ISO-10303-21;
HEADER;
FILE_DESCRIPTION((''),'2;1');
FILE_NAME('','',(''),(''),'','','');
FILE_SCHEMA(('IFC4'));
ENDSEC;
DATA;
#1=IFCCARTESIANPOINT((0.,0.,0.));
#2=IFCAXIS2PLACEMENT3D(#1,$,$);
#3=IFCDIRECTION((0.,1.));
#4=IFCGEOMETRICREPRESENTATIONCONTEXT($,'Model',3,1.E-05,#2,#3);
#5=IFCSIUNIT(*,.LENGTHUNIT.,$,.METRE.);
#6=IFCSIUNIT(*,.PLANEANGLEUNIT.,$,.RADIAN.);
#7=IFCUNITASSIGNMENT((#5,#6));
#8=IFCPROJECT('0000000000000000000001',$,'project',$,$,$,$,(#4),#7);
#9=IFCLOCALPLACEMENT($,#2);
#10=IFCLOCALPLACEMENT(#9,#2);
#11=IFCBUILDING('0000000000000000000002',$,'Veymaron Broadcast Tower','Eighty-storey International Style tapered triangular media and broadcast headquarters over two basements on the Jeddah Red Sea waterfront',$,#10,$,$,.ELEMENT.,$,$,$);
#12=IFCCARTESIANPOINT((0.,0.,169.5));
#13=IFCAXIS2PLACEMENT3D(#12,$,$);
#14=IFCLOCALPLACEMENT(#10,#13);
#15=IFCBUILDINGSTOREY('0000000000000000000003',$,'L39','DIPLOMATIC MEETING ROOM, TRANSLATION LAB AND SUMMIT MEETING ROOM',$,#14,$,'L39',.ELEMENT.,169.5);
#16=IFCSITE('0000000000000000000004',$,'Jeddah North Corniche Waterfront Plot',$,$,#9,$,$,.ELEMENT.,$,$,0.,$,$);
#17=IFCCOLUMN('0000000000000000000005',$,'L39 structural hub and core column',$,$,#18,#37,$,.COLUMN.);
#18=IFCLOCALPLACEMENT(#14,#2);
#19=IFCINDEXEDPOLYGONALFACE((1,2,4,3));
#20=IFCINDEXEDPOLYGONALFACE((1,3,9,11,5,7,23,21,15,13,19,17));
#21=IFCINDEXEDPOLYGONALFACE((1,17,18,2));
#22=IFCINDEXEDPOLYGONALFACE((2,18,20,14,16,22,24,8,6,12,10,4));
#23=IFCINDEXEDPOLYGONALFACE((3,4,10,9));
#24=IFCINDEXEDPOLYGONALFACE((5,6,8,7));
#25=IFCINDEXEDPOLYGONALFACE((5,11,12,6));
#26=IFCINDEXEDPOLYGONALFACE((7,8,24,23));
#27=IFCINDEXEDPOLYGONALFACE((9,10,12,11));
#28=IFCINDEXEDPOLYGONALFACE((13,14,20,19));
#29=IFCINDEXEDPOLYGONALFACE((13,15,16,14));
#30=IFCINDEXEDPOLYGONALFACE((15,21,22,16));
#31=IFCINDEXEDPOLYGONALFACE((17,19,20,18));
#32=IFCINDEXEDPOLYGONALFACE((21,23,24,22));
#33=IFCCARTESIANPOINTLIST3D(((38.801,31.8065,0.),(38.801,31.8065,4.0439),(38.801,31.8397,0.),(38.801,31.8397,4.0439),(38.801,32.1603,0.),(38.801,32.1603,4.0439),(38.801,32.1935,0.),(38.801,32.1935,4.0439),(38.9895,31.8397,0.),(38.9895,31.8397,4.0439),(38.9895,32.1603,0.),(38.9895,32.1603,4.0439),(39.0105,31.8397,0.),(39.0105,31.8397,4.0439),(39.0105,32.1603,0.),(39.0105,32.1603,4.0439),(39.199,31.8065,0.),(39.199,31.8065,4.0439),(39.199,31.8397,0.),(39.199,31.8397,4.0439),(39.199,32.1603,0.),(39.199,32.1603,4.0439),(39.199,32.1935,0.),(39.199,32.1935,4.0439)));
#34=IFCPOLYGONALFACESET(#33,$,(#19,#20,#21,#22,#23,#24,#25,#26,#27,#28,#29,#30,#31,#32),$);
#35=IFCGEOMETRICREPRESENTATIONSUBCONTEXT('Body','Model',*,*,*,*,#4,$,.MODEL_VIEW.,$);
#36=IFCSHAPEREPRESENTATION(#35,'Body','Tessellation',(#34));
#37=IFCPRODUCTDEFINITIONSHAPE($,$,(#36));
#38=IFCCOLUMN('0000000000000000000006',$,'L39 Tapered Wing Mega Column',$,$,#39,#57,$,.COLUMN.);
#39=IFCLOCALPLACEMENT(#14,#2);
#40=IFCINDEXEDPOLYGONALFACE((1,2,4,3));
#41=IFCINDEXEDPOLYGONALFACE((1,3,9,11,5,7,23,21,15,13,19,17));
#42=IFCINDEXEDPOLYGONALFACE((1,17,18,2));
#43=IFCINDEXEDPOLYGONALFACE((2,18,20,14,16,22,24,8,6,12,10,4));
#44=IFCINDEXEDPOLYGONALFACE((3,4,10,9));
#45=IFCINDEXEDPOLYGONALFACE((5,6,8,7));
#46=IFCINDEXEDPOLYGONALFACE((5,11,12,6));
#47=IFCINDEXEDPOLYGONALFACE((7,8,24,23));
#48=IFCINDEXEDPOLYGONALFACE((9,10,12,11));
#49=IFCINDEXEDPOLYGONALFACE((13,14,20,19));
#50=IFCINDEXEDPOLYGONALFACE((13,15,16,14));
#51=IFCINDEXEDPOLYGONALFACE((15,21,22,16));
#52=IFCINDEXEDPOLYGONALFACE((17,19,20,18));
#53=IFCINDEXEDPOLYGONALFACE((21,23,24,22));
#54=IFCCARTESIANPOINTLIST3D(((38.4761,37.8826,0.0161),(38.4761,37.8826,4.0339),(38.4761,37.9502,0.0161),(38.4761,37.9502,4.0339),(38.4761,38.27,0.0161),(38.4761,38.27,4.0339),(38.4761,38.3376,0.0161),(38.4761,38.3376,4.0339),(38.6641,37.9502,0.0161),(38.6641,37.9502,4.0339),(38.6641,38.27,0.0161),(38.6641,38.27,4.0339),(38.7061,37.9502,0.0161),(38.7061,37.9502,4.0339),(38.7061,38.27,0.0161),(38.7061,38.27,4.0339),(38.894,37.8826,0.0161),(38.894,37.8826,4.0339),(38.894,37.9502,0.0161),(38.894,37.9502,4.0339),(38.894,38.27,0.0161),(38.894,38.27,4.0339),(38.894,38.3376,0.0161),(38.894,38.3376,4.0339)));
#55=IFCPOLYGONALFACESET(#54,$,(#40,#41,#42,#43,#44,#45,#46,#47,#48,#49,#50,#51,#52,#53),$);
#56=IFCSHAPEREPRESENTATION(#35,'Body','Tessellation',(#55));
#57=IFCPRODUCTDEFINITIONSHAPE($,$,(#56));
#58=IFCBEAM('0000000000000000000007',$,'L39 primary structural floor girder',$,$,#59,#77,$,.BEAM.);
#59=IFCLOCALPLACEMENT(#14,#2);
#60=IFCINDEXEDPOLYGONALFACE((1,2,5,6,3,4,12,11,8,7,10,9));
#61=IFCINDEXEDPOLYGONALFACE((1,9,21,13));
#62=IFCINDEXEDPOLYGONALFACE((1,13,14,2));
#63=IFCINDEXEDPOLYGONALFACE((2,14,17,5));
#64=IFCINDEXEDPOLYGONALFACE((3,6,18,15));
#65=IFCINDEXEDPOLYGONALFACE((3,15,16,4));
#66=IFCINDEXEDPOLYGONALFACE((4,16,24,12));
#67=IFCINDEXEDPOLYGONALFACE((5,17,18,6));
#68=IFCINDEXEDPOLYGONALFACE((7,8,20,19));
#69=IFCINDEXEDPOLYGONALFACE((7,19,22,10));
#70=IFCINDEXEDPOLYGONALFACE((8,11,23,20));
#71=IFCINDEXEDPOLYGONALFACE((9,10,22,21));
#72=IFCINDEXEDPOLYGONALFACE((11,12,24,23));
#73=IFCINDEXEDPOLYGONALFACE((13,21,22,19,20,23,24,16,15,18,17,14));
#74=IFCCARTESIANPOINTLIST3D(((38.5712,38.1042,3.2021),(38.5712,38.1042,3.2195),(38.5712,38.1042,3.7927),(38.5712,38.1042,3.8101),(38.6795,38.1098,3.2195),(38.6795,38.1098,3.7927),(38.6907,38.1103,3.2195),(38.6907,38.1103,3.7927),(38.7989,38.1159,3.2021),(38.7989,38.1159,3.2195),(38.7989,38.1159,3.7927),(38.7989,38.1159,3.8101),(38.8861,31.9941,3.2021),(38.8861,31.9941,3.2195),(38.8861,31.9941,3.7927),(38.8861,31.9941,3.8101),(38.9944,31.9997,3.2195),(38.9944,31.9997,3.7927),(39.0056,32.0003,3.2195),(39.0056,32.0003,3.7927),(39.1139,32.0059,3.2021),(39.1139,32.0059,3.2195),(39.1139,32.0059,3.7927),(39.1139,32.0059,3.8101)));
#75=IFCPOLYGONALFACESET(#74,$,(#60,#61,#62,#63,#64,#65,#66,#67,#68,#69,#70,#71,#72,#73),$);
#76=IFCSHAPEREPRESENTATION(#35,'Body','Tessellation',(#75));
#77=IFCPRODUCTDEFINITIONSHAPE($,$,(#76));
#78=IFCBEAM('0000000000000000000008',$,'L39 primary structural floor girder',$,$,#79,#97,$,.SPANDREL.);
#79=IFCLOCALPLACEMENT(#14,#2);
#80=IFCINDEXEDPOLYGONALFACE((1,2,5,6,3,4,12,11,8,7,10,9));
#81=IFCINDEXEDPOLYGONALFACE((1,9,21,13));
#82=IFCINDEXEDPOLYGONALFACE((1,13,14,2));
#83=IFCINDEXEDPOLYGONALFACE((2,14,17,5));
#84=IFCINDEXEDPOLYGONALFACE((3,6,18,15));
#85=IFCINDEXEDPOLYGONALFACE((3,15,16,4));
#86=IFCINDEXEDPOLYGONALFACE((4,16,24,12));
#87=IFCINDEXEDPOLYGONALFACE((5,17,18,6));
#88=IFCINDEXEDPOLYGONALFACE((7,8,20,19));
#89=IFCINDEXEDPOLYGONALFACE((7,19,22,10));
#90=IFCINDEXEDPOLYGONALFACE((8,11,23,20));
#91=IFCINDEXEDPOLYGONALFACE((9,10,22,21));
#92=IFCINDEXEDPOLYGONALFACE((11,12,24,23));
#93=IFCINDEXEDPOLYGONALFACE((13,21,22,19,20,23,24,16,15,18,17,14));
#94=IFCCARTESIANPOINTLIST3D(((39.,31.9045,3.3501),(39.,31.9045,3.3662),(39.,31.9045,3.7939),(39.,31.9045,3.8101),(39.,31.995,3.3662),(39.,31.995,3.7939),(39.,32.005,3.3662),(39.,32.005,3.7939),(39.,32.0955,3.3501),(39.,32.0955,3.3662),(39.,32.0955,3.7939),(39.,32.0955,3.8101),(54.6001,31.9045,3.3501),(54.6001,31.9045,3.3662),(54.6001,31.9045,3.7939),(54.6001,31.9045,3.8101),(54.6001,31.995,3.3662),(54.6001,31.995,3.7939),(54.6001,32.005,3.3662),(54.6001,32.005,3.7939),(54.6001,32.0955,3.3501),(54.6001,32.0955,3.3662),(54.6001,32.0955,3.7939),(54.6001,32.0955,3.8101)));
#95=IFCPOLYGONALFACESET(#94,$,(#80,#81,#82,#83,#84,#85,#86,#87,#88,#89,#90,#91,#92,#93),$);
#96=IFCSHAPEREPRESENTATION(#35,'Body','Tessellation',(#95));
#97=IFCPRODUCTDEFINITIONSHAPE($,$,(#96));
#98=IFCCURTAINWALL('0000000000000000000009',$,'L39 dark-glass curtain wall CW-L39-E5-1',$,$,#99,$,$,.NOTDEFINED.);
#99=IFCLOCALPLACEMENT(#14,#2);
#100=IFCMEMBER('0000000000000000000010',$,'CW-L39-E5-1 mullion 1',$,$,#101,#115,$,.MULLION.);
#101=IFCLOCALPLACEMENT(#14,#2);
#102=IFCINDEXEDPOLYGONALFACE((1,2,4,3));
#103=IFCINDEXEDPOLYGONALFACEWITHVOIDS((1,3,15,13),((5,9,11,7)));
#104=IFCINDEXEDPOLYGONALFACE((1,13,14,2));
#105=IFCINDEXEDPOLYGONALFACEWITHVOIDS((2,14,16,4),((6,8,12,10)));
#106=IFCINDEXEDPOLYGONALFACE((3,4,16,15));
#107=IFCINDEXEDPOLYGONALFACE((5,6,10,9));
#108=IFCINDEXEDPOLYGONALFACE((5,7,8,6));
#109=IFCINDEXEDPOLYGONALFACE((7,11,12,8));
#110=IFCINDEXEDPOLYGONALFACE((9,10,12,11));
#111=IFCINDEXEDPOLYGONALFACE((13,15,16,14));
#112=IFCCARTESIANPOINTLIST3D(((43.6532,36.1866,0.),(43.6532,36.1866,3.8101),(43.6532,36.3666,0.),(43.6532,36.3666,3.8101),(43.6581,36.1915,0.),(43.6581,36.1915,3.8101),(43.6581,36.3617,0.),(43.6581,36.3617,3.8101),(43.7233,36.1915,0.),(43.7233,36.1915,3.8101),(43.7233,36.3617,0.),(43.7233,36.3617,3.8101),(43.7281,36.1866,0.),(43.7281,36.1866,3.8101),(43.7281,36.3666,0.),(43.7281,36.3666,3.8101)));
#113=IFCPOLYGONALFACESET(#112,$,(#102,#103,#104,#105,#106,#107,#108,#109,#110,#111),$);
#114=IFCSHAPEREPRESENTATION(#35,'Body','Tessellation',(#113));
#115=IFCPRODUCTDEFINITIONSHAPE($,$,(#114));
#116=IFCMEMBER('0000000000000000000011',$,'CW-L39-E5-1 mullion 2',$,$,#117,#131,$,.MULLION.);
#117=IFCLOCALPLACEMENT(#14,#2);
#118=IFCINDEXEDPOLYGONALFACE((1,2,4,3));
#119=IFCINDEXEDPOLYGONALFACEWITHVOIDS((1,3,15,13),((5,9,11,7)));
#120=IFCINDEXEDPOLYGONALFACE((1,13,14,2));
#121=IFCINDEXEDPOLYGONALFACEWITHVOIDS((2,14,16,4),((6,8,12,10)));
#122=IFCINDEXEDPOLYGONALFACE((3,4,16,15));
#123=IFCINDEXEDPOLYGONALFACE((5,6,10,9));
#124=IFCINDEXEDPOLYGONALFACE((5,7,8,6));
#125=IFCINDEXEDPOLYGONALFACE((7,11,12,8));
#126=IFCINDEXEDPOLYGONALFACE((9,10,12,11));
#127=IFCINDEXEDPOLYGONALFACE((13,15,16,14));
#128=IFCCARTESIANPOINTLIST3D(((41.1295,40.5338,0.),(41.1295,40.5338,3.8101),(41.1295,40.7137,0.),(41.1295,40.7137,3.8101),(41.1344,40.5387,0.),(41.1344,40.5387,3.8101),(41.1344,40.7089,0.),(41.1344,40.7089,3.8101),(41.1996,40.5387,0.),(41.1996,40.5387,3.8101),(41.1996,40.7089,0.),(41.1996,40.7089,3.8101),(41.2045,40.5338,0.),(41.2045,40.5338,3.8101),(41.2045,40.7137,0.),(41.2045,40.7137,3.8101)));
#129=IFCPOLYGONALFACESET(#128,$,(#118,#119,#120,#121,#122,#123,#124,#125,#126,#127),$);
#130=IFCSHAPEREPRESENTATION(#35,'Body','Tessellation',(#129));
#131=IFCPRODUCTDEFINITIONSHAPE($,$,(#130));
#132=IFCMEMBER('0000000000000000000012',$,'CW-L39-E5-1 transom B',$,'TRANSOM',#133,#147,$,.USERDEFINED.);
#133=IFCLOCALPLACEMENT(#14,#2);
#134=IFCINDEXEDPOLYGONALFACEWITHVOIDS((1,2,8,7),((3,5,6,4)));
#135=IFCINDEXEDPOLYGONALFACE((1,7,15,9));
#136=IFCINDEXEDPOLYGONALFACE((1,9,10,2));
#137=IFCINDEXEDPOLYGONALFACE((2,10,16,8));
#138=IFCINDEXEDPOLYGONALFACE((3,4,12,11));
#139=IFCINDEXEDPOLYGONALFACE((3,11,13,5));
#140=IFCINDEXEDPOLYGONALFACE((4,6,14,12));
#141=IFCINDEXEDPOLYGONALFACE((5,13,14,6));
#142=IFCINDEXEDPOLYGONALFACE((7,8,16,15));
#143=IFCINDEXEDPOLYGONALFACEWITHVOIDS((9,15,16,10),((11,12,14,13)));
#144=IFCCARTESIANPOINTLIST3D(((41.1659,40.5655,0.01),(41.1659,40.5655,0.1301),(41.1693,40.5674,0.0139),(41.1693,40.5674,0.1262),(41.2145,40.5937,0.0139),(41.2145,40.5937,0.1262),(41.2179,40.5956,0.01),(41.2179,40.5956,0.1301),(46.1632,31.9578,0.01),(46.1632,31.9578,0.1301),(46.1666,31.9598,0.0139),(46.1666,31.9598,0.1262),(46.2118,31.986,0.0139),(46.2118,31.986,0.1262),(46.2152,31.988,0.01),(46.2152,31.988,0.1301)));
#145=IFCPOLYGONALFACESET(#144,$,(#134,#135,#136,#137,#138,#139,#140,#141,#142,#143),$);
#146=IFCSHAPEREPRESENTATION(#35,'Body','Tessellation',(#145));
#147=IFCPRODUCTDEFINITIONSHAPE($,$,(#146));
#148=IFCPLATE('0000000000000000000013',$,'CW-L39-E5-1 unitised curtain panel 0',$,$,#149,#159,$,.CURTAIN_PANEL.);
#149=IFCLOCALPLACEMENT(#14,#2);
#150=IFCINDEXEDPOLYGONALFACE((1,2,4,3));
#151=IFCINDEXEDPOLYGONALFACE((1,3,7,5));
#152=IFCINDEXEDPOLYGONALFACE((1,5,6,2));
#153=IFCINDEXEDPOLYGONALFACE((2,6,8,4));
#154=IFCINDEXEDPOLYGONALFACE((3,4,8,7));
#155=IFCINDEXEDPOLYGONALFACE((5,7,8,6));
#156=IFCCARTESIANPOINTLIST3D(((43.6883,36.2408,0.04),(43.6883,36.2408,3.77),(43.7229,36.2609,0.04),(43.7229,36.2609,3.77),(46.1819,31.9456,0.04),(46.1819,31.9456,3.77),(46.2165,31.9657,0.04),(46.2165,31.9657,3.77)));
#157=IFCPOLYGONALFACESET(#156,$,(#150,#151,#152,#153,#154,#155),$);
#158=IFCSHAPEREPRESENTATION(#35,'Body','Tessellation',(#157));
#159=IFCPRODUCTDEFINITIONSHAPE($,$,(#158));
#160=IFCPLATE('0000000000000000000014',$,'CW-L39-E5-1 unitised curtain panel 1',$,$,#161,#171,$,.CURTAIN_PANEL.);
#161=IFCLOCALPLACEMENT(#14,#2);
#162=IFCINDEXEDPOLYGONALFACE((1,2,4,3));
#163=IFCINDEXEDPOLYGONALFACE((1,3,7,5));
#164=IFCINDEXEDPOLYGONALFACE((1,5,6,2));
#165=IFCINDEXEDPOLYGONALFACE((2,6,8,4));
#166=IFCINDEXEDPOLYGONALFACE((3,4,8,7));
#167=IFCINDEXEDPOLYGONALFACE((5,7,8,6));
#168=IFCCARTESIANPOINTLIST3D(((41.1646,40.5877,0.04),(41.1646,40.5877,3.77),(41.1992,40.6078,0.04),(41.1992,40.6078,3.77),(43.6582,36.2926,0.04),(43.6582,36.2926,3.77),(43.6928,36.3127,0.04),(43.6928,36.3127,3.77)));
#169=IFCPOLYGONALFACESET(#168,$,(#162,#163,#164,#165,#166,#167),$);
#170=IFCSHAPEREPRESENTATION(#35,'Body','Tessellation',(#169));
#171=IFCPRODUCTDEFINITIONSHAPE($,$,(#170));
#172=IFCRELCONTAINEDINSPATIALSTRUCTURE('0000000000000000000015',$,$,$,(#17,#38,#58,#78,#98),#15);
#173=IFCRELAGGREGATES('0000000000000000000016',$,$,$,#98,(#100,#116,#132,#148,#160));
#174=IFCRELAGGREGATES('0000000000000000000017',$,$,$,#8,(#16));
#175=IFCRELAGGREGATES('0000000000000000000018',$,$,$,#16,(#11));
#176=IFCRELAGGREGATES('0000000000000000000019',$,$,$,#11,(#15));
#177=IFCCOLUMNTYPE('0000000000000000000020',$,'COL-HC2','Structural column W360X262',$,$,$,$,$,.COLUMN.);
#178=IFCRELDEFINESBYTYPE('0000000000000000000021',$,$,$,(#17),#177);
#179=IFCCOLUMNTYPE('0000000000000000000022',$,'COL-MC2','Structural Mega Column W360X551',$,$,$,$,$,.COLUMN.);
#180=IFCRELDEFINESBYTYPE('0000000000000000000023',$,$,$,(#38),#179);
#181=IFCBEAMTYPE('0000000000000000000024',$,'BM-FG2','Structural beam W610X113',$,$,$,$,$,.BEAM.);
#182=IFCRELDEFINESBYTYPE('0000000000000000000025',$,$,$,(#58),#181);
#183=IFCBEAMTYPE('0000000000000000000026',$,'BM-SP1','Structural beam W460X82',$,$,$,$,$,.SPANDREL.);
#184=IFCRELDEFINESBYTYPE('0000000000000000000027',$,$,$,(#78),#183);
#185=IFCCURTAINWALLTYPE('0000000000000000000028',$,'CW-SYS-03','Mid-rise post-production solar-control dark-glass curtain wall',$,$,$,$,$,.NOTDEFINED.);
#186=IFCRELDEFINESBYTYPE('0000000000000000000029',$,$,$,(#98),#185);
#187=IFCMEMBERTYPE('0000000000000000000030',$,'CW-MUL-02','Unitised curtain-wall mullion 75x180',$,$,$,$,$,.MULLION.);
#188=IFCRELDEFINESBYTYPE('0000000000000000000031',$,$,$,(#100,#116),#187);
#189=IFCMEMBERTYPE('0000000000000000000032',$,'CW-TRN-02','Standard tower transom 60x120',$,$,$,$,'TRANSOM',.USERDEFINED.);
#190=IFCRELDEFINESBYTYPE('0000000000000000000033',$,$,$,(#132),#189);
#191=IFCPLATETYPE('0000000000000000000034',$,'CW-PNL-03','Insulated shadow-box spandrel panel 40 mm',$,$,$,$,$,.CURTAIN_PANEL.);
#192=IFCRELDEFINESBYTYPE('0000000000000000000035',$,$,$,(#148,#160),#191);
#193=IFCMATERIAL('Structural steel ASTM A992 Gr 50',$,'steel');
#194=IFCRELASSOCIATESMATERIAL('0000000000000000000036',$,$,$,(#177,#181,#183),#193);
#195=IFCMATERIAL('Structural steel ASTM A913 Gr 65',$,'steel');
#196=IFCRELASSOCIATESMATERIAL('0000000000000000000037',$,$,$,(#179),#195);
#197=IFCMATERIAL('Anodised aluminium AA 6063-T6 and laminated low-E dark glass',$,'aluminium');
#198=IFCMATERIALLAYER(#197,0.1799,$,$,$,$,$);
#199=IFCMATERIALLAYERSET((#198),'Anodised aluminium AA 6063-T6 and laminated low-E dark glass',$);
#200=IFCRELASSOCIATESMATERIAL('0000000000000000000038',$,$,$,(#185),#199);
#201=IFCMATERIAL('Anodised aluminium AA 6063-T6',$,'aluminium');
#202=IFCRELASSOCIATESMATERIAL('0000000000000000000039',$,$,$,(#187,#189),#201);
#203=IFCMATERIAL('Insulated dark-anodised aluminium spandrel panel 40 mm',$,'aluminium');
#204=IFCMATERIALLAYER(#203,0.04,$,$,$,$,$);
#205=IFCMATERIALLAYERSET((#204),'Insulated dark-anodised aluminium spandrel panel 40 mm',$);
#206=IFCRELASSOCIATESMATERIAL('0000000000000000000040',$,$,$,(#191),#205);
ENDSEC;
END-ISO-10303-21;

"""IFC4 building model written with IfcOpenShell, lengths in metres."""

from ifc_helpers import new_model, si_unit, direction, frame, origin, origin_2d, place, context, subcontext, project, spatial, rectangle, hollow_rectangle, i_section, extrude, material, layer, layer_set, material_profile, profile_set, type_object, element, aggregate, save


model = new_model("IFC4")

# Units and contexts
model_context = context("Model", 3, precision=1e-05, world=origin(), true_north=direction((0.0, 1.0)))
body_context = subcontext(model_context, "Body", "Model", "MODEL_VIEW")
ifc_project = project(units=[si_unit("LENGTHUNIT", "METRE"), si_unit("PLANEANGLEUNIT", "RADIAN")], contexts=[model_context])

# Site, building, storey
site_placement = place(None, origin())
site = spatial("IfcSite", under=ifc_project, at=site_placement, Name="Jeddah North Corniche Waterfront Plot", CompositionType="ELEMENT", RefElevation=0.0)
building_placement = place(site_placement, origin())
building = spatial("IfcBuilding", under=site, at=building_placement, Name="Veymaron Broadcast Tower", Description="Eighty-storey International Style tapered triangular media and broadcast headquarters over two basements on the Jeddah Red Sea waterfront", CompositionType="ELEMENT")
storey_placement = place(building_placement, frame((0.0, 0.0, 169.5)))
storey = spatial("IfcBuildingStorey", under=building, at=storey_placement, Name="L39", Description="DIPLOMATIC MEETING ROOM, TRANSLATION LAB AND SUMMIT MEETING ROOM", LongName="L39", CompositionType="ELEMENT", Elevation=169.5)

# Columns
ifc_material_1 = material(Name="Structural steel ASTM A992 Gr 50", Category="steel")
ifc_material_profile_1 = material_profile(ifc_material_1, i_section(OverallWidth=0.3979, OverallDepth=0.387, WebThickness=0.021, FlangeThickness=0.0332, at=origin_2d()), Name="W360X262")
ifc_profile_set_1 = profile_set([ifc_material_profile_1], Name="Structural steel ASTM A992 Gr 50")
column_type_1 = type_object("IfcColumnType", Name="COL-HC2", Description="Structural column W360X262", PredefinedType="COLUMN", material=ifc_profile_set_1)
column_1_placement = place(storey_placement, frame((39.0, 32.0, 0.0), z_axis=(0.0, 0.0, 1.0), x_axis=(1.0, 0.0, 0.0)))
element("IfcColumn", 1, at=column_1_placement, inside=storey, type_object=column_type_1, Name="L39 structural hub and core column", PredefinedType="COLUMN", context=body_context, shape_type="SweptSolid", body=[
    extrude(i_section(OverallWidth=0.3979, OverallDepth=0.387, WebThickness=0.021, FlangeThickness=0.0332, at=origin_2d()), origin(), (0.0, 0.0, 1.0), 4.0439),
])
ifc_material_2 = material(Name="Structural steel ASTM A913 Gr 65", Category="steel")
ifc_material_profile_2 = material_profile(ifc_material_2, i_section(OverallWidth=0.418, OverallDepth=0.4551, WebThickness=0.042, FlangeThickness=0.0676, at=origin_2d()), Name="W360X551")
ifc_profile_set_2 = profile_set([ifc_material_profile_2], Name="Structural steel ASTM A913 Gr 65")
column_type_2 = type_object("IfcColumnType", Name="COL-MC2", Description="Structural Mega Column W360X551", PredefinedType="COLUMN", material=ifc_profile_set_2)
column_2_placement = place(storey_placement, frame((38.6851, 38.1101, 0.0161), z_axis=(0.0, 0.0, 1.0), x_axis=(1.0, 0.0, 0.0)))
element("IfcColumn", 2, at=column_2_placement, inside=storey, type_object=column_type_2, Name="L39 Tapered Wing Mega Column", PredefinedType="COLUMN", context=body_context, shape_type="SweptSolid", body=[
    extrude(i_section(OverallWidth=0.418, OverallDepth=0.4551, WebThickness=0.042, FlangeThickness=0.0676, at=origin_2d()), origin(), (0.0, 0.0, 1.0), 4.0178),
])

# Beams
ifc_material_profile_3 = material_profile(ifc_material_1, i_section(OverallWidth=0.228, OverallDepth=0.6079, WebThickness=0.0112, FlangeThickness=0.0173, at=origin_2d()), Name="W610X113")
ifc_profile_set_3 = profile_set([ifc_material_profile_3], Name="Structural steel ASTM A992 Gr 50")
beam_type_1 = type_object("IfcBeamType", Name="BM-FG2", Description="Structural beam W610X113", PredefinedType="BEAM", material=ifc_profile_set_3)
beam_1_placement = place(storey_placement, frame((39.0, 32.0, 3.5061), z_axis=(-0.051476, 0.998674, 0.0), x_axis=(-0.998674, -0.051476, 0.0)))
element("IfcBeam", 3, at=beam_1_placement, inside=storey, type_object=beam_type_1, Name="L39 primary structural floor girder", PredefinedType="BEAM", context=body_context, shape_type="SweptSolid", body=[
    extrude(i_section(OverallWidth=0.228, OverallDepth=0.6079, WebThickness=0.0112, FlangeThickness=0.0173, at=origin_2d()), origin(), (0.0, 0.0, 1.0), 6.1182),
])
ifc_material_profile_4 = material_profile(ifc_material_1, i_section(OverallWidth=0.1909, OverallDepth=0.46, WebThickness=0.01, FlangeThickness=0.0161, at=origin_2d()), Name="W460X82")
ifc_profile_set_4 = profile_set([ifc_material_profile_4], Name="Structural steel ASTM A992 Gr 50")
beam_type_2 = type_object("IfcBeamType", Name="BM-SP1", Description="Structural beam W460X82", PredefinedType="SPANDREL", material=ifc_profile_set_4)
beam_2_placement = place(storey_placement, frame((39.0, 32.0, 3.5801), z_axis=(1.0, 0.0, 0.0), x_axis=(0.0, 1.0, 0.0)))
element("IfcBeam", 4, at=beam_2_placement, inside=storey, type_object=beam_type_2, Name="L39 primary structural floor girder", PredefinedType="SPANDREL", context=body_context, shape_type="SweptSolid", body=[
    extrude(i_section(OverallWidth=0.1909, OverallDepth=0.46, WebThickness=0.01, FlangeThickness=0.0161, at=origin_2d()), origin(), (0.0, 0.0, 1.0), 15.6001),
])

# Curtain wall, members, plates
ifc_material_3 = material(Name="Anodised aluminium AA 6063-T6 and laminated low-E dark glass", Category="aluminium")
ifc_layer_1 = layer(ifc_material_3, 0.1799)
ifc_layer_set_1 = layer_set([ifc_layer_1], Name="Anodised aluminium AA 6063-T6 and laminated low-E dark glass")
curtain_wall_type = type_object("IfcCurtainWallType", Name="CW-SYS-03", Description="Mid-rise post-production solar-control dark-glass curtain wall", PredefinedType="NOTDEFINED", material=ifc_layer_set_1)
curtain_wall_placement = place(storey_placement, origin())
curtain_wall = element("IfcCurtainWall", 5, at=curtain_wall_placement, inside=storey, type_object=curtain_wall_type, Name="L39 dark-glass curtain wall CW-L39-E5-1", PredefinedType="NOTDEFINED")
ifc_material_4 = material(Name="Anodised aluminium AA 6063-T6", Category="aluminium")
ifc_material_profile_5 = material_profile(ifc_material_4, hollow_rectangle(XDim=0.075, YDim=0.1799, WallThickness=0.0049, at=origin_2d()), Name="AL180X75X5")
ifc_profile_set_5 = profile_set([ifc_material_profile_5], Name="Anodised aluminium AA 6063-T6")
member_type_1 = type_object("IfcMemberType", Name="CW-MUL-02", Description="Unitised curtain-wall mullion 75x180", PredefinedType="MULLION", material=ifc_profile_set_5)
member_1_placement = place(storey_placement, frame((43.6907, 36.2766, 0.0), z_axis=(0.0, 0.0, 1.0), x_axis=(1.0, 0.0, 0.0)))
member_1 = element("IfcMember", 6, at=member_1_placement, type_object=member_type_1, Name="CW-L39-E5-1 mullion 1", PredefinedType="MULLION", context=body_context, shape_type="SweptSolid", body=[
    extrude(hollow_rectangle(XDim=0.075, YDim=0.1799, WallThickness=0.0049, at=origin_2d()), origin(), (0.0, 0.0, 1.0), 3.8101),
])
member_2_placement = place(storey_placement, frame((41.167, 40.6238, 0.0), z_axis=(0.0, 0.0, 1.0), x_axis=(1.0, 0.0, 0.0)))
member_2 = element("IfcMember", 7, at=member_2_placement, type_object=member_type_1, Name="CW-L39-E5-1 mullion 2", PredefinedType="MULLION", context=body_context, shape_type="SweptSolid", body=[
    extrude(hollow_rectangle(XDim=0.075, YDim=0.1799, WallThickness=0.0049, at=origin_2d()), origin(), (0.0, 0.0, 1.0), 3.8101),
])
ifc_material_profile_6 = material_profile(ifc_material_4, hollow_rectangle(XDim=0.0601, YDim=0.1201, WallThickness=0.0039, at=origin_2d()), Name="AL120X60X4")
ifc_profile_set_6 = profile_set([ifc_material_profile_6], Name="Anodised aluminium AA 6063-T6")
member_type_2 = type_object("IfcMemberType", Name="CW-TRN-02", Description="Standard tower transom 60x120", ElementType="TRANSOM", PredefinedType="USERDEFINED", material=ifc_profile_set_6)
member_3_placement = place(storey_placement, frame((46.1892, 31.9729, 0.0701), z_axis=(-0.502084, 0.864819, 0.0), x_axis=(-0.864819, -0.502084, 0.0)))
member_3 = element("IfcMember", 8, at=member_3_placement, type_object=member_type_2, Name="CW-L39-E5-1 transom B", ObjectType="TRANSOM", PredefinedType="USERDEFINED", context=body_context, shape_type="SweptSolid", body=[
    extrude(hollow_rectangle(XDim=0.0601, YDim=0.1201, WallThickness=0.0039, at=origin_2d()), origin(), (0.0, 0.0, 1.0), 9.9531),
])
ifc_material_5 = material(Name="Insulated dark-anodised aluminium spandrel panel 40 mm", Category="aluminium")
ifc_layer_2 = layer(ifc_material_5, 0.04)
ifc_layer_set_2 = layer_set([ifc_layer_2], Name="Insulated dark-anodised aluminium spandrel panel 40 mm")
plate_type = type_object("IfcPlateType", Name="CW-PNL-03", Description="Insulated shadow-box spandrel panel 40 mm", PredefinedType="CURTAIN_PANEL", material=ifc_layer_set_2)
plate_1_placement = place(storey_placement, frame((44.9524, 34.1033, 0.04), z_axis=(0.0, 0.0, 1.0), x_axis=(-0.502084, 0.864819, 0.0)))
plate_1 = element("IfcPlate", 9, at=plate_1_placement, type_object=plate_type, Name="CW-L39-E5-1 unitised curtain panel 0", PredefinedType="CURTAIN_PANEL", context=body_context, shape_type="SweptSolid", body=[
    extrude(rectangle(XDim=4.9666, YDim=0.04, at=origin_2d()), origin(), (0.0, 0.0, 1.0), 3.73),
])
plate_2_placement = place(storey_placement, frame((42.4287, 38.4502, 0.04), z_axis=(0.0, 0.0, 1.0), x_axis=(-0.502084, 0.864819, 0.0)))
plate_2 = element("IfcPlate", 10, at=plate_2_placement, type_object=plate_type, Name="CW-L39-E5-1 unitised curtain panel 1", PredefinedType="CURTAIN_PANEL", context=body_context, shape_type="SweptSolid", body=[
    extrude(rectangle(XDim=4.9666, YDim=0.04, at=origin_2d()), origin(), (0.0, 0.0, 1.0), 3.73),
])
aggregate(curtain_wall, [member_1, member_2, member_3, plate_1, plate_2])

save(model, "model.ifc")
